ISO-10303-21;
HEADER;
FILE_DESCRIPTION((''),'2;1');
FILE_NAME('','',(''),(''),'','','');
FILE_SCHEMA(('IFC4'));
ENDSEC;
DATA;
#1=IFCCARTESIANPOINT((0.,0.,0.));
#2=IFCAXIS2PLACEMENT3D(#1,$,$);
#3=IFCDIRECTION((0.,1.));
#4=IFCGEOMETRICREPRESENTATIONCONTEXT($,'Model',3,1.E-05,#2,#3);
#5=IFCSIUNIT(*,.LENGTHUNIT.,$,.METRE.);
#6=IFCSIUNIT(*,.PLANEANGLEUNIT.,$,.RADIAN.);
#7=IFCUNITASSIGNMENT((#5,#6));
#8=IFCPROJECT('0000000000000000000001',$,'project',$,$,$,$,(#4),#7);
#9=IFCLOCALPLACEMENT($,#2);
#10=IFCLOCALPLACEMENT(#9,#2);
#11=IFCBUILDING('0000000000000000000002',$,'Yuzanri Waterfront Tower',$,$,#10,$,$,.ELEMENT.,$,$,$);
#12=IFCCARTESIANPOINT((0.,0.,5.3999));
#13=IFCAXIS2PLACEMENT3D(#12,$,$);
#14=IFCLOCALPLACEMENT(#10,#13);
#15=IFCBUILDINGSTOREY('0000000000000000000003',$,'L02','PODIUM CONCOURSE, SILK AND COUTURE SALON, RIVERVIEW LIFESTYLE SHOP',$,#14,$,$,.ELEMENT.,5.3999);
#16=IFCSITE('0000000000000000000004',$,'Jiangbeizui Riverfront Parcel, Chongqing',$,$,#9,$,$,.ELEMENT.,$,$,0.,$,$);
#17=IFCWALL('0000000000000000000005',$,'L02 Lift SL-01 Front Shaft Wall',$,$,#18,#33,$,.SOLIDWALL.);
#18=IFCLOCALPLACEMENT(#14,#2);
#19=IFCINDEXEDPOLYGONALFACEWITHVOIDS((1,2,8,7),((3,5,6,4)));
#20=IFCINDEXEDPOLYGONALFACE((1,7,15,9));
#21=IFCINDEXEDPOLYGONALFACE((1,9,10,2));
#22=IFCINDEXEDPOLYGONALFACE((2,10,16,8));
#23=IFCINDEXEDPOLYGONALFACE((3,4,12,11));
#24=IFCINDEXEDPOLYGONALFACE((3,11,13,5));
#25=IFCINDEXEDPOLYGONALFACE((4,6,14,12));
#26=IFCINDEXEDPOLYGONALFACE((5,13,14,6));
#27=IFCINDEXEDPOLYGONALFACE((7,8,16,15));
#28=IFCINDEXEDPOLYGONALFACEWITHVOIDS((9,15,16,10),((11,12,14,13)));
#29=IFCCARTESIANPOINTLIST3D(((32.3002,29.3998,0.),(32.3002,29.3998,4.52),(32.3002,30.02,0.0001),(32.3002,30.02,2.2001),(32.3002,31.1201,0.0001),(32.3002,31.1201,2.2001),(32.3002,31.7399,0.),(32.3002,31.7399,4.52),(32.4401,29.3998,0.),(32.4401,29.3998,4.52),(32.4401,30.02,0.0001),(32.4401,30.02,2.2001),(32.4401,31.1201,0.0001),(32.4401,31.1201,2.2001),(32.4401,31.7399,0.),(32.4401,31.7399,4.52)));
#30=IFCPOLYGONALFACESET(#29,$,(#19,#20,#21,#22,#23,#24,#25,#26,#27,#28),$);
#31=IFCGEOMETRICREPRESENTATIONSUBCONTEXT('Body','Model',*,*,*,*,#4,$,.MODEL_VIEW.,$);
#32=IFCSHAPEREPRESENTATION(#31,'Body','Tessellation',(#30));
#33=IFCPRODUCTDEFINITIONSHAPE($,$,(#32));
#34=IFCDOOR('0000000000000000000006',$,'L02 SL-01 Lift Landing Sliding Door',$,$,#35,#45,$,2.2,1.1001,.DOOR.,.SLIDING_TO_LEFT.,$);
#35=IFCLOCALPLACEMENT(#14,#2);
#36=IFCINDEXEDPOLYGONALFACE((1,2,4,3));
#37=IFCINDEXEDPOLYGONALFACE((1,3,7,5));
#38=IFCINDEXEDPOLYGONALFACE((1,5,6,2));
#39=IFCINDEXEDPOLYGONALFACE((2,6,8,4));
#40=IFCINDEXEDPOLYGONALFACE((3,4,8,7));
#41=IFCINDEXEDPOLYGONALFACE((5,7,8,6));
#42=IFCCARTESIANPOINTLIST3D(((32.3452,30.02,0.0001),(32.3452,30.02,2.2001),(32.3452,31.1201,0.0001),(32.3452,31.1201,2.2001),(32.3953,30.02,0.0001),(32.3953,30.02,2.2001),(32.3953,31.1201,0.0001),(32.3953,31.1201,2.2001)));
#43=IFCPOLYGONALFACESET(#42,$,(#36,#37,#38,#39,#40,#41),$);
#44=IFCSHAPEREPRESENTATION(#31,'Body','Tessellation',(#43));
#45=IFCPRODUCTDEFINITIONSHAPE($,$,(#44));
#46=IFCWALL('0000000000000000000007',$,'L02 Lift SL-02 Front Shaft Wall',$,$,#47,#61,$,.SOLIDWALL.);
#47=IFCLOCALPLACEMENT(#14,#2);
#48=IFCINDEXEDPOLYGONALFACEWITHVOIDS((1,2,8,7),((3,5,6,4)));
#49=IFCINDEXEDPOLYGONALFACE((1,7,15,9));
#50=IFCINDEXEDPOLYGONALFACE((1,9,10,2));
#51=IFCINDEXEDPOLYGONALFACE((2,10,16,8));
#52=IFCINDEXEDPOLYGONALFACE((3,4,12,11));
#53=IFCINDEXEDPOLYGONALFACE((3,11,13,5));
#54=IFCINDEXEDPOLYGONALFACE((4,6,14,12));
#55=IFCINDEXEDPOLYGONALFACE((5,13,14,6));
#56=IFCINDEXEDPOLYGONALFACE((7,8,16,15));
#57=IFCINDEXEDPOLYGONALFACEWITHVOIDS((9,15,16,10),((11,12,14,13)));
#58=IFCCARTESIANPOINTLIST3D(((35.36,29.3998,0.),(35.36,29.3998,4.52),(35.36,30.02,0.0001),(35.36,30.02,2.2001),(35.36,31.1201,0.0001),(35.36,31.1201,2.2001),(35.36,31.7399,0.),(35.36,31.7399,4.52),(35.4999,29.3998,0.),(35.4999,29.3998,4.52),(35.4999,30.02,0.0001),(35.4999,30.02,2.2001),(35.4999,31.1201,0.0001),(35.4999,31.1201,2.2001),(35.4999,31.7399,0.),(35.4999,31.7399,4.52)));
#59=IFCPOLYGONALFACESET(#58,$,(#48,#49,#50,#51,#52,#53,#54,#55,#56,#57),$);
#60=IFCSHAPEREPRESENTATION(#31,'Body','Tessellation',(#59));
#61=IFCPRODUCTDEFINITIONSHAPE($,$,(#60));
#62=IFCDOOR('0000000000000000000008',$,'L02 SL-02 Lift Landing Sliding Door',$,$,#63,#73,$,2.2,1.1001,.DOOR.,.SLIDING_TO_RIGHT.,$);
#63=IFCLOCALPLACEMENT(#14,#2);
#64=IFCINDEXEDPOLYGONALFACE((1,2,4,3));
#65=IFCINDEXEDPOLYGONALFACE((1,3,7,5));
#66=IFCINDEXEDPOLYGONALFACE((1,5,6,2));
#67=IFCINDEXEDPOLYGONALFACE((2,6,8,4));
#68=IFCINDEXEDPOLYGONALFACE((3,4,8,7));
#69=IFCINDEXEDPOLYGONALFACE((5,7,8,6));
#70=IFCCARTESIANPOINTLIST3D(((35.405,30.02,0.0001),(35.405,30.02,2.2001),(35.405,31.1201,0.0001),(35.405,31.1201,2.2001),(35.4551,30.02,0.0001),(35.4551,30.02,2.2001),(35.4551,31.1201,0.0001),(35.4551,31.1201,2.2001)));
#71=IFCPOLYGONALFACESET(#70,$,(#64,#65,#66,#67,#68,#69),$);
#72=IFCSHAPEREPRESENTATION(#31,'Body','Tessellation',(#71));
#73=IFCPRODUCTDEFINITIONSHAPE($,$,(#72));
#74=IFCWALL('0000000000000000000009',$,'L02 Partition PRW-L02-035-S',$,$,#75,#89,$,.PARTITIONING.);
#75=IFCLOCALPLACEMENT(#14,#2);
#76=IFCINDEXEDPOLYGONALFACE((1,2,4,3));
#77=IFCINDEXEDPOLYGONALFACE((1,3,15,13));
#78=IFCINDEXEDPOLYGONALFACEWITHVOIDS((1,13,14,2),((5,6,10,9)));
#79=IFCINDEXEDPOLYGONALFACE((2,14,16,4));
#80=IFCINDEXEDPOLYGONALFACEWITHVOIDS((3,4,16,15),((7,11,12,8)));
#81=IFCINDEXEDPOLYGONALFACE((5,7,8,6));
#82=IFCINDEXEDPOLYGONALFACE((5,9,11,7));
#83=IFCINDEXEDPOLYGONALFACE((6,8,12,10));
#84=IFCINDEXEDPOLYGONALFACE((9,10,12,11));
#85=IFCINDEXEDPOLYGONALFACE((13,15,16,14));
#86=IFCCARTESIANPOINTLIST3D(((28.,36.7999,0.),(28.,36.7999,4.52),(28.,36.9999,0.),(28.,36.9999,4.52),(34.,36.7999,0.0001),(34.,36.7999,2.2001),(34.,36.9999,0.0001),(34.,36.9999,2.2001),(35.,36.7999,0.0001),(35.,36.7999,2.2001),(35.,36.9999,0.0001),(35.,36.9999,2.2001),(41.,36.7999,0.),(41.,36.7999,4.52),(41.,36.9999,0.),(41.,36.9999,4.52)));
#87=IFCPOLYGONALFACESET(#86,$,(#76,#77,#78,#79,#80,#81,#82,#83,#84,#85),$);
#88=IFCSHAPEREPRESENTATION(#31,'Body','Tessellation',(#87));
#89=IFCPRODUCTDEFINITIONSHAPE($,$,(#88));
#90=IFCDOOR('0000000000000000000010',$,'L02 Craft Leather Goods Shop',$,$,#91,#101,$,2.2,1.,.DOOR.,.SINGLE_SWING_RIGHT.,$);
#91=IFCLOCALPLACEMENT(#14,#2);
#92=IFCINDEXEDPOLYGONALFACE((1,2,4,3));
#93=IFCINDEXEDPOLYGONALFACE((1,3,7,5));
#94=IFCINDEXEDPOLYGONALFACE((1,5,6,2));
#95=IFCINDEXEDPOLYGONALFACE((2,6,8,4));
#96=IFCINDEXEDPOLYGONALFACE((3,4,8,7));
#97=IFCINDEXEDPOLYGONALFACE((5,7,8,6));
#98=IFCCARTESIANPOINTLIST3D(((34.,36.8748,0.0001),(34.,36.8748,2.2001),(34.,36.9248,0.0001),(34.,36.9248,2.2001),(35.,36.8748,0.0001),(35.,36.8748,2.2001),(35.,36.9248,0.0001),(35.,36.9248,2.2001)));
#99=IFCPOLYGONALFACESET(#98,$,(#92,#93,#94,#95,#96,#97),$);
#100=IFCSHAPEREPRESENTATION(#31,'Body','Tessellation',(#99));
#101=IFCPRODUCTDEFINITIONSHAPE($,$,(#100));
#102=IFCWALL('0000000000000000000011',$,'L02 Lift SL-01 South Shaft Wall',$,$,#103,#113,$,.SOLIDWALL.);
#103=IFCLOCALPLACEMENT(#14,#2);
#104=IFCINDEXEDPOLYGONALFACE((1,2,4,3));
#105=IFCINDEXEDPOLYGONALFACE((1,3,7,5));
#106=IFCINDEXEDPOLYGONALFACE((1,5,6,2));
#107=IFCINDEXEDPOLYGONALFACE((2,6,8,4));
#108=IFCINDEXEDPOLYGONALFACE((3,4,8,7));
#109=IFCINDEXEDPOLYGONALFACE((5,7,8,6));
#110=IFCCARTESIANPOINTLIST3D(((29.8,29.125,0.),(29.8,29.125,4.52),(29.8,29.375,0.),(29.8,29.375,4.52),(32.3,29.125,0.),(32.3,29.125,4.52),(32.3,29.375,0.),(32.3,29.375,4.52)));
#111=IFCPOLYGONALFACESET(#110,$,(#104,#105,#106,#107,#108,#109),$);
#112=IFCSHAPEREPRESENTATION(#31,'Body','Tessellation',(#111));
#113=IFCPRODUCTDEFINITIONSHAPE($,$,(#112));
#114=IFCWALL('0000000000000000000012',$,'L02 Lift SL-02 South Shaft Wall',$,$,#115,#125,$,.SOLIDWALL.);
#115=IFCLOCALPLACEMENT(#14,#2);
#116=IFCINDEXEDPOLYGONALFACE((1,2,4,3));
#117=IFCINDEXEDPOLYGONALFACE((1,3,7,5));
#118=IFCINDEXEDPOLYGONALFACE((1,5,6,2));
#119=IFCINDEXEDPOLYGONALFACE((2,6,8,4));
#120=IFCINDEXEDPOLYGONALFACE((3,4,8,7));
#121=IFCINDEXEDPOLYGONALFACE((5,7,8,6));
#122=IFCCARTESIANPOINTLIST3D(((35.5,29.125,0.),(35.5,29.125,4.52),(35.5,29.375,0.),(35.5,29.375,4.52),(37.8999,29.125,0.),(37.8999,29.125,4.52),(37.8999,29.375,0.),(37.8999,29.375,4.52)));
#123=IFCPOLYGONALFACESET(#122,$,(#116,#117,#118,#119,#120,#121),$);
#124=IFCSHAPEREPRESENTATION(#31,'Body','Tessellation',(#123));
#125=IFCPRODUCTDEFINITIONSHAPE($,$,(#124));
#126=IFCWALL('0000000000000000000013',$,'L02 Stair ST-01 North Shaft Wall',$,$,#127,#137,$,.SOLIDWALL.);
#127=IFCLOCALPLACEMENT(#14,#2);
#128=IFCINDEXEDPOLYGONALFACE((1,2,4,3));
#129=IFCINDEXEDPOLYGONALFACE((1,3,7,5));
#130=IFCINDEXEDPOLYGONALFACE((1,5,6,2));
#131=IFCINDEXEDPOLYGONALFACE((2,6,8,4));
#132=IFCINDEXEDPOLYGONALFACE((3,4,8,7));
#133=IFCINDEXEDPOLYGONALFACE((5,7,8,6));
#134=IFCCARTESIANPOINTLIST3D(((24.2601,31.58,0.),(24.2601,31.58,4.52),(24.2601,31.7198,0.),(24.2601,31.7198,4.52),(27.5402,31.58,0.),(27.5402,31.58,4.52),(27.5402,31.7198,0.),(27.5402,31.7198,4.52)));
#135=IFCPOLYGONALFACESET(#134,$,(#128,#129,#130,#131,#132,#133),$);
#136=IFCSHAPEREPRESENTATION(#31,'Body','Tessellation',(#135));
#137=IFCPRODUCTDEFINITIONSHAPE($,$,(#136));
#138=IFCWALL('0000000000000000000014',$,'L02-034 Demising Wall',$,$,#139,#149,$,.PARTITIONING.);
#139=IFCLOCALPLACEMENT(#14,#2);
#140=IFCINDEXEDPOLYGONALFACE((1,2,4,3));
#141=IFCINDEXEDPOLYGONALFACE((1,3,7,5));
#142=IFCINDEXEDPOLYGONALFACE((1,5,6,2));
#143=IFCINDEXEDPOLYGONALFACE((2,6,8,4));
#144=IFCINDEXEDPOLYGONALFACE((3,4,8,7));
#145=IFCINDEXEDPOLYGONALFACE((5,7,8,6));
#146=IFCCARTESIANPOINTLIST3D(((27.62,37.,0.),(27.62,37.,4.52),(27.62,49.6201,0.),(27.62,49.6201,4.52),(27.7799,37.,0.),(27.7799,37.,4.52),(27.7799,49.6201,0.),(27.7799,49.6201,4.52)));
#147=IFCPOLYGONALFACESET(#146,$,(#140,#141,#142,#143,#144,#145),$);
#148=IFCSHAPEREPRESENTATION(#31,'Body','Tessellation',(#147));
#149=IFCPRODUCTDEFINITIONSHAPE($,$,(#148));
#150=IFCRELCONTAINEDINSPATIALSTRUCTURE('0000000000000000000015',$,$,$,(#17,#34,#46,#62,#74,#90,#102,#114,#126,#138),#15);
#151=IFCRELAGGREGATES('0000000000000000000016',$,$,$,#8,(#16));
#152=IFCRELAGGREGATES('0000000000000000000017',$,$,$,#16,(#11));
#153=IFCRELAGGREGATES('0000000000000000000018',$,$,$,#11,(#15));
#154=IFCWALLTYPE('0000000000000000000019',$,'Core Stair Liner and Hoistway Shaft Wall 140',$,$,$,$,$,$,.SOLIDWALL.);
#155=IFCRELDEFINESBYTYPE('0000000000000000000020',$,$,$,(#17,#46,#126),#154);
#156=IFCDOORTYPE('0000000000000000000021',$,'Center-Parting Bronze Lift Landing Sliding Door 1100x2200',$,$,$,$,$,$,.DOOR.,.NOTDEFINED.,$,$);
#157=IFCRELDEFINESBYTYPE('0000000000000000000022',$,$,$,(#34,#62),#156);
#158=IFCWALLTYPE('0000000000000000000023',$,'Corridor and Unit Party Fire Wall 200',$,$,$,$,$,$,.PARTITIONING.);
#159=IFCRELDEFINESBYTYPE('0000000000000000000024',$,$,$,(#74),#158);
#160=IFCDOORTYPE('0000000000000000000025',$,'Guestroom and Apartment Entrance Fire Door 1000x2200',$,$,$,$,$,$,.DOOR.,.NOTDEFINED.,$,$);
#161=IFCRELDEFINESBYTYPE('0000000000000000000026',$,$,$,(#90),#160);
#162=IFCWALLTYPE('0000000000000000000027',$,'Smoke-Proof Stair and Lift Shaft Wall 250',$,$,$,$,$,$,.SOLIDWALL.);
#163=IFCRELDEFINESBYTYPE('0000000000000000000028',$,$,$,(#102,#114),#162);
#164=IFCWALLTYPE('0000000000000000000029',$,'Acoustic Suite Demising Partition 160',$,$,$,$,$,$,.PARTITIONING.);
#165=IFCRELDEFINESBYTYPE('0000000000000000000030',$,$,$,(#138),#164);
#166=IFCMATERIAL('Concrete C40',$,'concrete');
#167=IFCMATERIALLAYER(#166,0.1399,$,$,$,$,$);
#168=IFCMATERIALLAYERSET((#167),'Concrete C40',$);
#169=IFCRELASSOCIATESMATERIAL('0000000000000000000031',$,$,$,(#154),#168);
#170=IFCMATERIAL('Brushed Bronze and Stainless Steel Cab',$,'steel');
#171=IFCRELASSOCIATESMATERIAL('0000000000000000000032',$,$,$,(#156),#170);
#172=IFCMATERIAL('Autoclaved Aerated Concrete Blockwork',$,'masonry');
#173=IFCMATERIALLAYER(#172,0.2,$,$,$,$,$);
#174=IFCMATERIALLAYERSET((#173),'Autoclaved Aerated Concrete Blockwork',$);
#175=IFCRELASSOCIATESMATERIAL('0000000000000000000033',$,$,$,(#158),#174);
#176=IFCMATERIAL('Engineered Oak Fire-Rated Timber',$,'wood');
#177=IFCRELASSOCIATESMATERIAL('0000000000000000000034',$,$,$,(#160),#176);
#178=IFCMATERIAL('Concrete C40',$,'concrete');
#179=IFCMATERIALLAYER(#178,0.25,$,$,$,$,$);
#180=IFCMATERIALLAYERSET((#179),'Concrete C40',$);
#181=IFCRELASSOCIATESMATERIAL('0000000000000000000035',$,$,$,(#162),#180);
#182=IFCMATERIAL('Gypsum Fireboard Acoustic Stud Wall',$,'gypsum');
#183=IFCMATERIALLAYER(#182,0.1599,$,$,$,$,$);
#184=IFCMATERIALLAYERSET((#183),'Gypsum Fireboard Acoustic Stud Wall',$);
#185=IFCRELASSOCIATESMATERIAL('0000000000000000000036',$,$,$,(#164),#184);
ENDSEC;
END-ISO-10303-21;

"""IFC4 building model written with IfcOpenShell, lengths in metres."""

from ifc_helpers import new_model, si_unit, direction, frame, frame_2d, origin, place, context, subcontext, project, spatial, rectangle, extrude, source, transform, mapped, material, layer, layer_set, type_object, element, fill, save


model = new_model("IFC4")

# Units and contexts
model_context = context("Model", 3, precision=1e-05, world=origin(), true_north=direction((0.0, 1.0)))
body_context = subcontext(model_context, "Body", "Model", "MODEL_VIEW")
ifc_project = project(units=[si_unit("LENGTHUNIT", "METRE"), si_unit("PLANEANGLEUNIT", "RADIAN")], contexts=[model_context])

# Site, building, storey
site_placement = place(None, origin())
site = spatial("IfcSite", under=ifc_project, at=site_placement, Name="Jiangbeizui Riverfront Parcel, Chongqing", CompositionType="ELEMENT", RefElevation=0.0)
building_placement = place(site_placement, origin())
building = spatial("IfcBuilding", under=site, at=building_placement, Name="Yuzanri Waterfront Tower", CompositionType="ELEMENT")
storey_placement = place(building_placement, frame((0.0, 0.0, 5.3999)))
storey = spatial("IfcBuildingStorey", under=building, at=storey_placement, Name="L02", Description="PODIUM CONCOURSE, SILK AND COUTURE SALON, RIVERVIEW LIFESTYLE SHOP", CompositionType="ELEMENT", Elevation=5.3999)

# Walls, openings, doors
ifc_material_1 = material(Name="Concrete C40", Category="concrete")
ifc_layer_1 = layer(ifc_material_1, 0.1399)
ifc_layer_set_1 = layer_set([ifc_layer_1], Name="Concrete C40")
wall_type_1 = type_object("IfcWallType", Name="Core Stair Liner and Hoistway Shaft Wall 140", PredefinedType="SOLIDWALL", material=ifc_layer_set_1)
wall_1_placement = place(storey_placement, frame((32.3701, 29.3999, 0.0), z_axis=(0.0, 0.0, 1.0), x_axis=(0.0, 1.0, 0.0)))
wall_1 = element("IfcWall", 1, at=wall_1_placement, inside=storey, type_object=wall_type_1, Name="L02 Lift SL-01 Front Shaft Wall", PredefinedType="SOLIDWALL", context=body_context, shape_type="SweptSolid", body=[
    extrude(rectangle(XDim=2.3401, YDim=0.1399, at=frame_2d((1.1699, 0.0))), origin(), (0.0, 0.0, 1.0), 4.52),
])
opening_1_placement = place(wall_1_placement, frame((0.6201, 0.0, 0.0)))
opening_1 = element("IfcOpeningElement", 2, at=opening_1_placement, cuts=wall_1, PredefinedType="OPENING", context=body_context, shape_type="SweptSolid", body=[
    extrude(rectangle(XDim=1.1001, YDim=2.2, at=frame_2d((0.55, 1.1001))), frame((0.0, 0.085, 0.0), z_axis=(0.0, -1.0, 0.0), x_axis=(1.0, 0.0, 0.0)), (0.0, 0.0, 1.0), 0.1697),
])
ifc_material_2 = material(Name="Brushed Bronze and Stainless Steel Cab", Category="steel")
door_type_1 = type_object("IfcDoorType", Name="Center-Parting Bronze Lift Landing Sliding Door 1100x2200", OperationType="NOTDEFINED", PredefinedType="DOOR", material=ifc_material_2)
shared_shape_1 = source(origin(), body_context, "Body", "SweptSolid", [
    extrude(rectangle(XDim=1.1001, YDim=2.2, at=frame_2d((0.55, 1.1001))), frame((0.0, 0.0249, 0.0), z_axis=(0.0, -1.0, 0.0), x_axis=(1.0, 0.0, 0.0)), (0.0, 0.0, 1.0), 0.05),
])
door_1_placement = place(opening_1_placement, origin())
door_1 = element("IfcDoor", 3, at=door_1_placement, inside=storey, type_object=door_type_1, Name="L02 SL-01 Lift Landing Sliding Door", OperationType="SLIDING_TO_LEFT", OverallHeight=2.2, OverallWidth=1.1001, PredefinedType="DOOR", context=body_context, shape_type="MappedRepresentation", body=[
    mapped(shared_shape_1, transform((0.0, 0.0, 0.0), scale=1.0)),
])
fill(opening_1, door_1)
wall_2_placement = place(storey_placement, frame((35.4299, 29.3999, 0.0), z_axis=(0.0, 0.0, 1.0), x_axis=(0.0, 1.0, 0.0)))
wall_2 = element("IfcWall", 4, at=wall_2_placement, inside=storey, type_object=wall_type_1, Name="L02 Lift SL-02 Front Shaft Wall", PredefinedType="SOLIDWALL", context=body_context, shape_type="SweptSolid", body=[
    extrude(rectangle(XDim=2.3401, YDim=0.1399, at=frame_2d((1.1699, 0.0))), origin(), (0.0, 0.0, 1.0), 4.52),
])
opening_2_placement = place(wall_2_placement, frame((0.6201, 0.0, 0.0)))
opening_2 = element("IfcOpeningElement", 5, at=opening_2_placement, cuts=wall_2, PredefinedType="OPENING", context=body_context, shape_type="SweptSolid", body=[
    extrude(rectangle(XDim=1.1001, YDim=2.2, at=frame_2d((0.55, 1.1001))), frame((0.0, 0.085, 0.0), z_axis=(0.0, -1.0, 0.0), x_axis=(1.0, 0.0, 0.0)), (0.0, 0.0, 1.0), 0.1697),
])
door_2_placement = place(opening_2_placement, origin())
door_2 = element("IfcDoor", 6, at=door_2_placement, inside=storey, type_object=door_type_1, Name="L02 SL-02 Lift Landing Sliding Door", OperationType="SLIDING_TO_RIGHT", OverallHeight=2.2, OverallWidth=1.1001, PredefinedType="DOOR", context=body_context, shape_type="MappedRepresentation", body=[
    mapped(shared_shape_1, transform((0.0, 0.0, 0.0), scale=1.0)),
])
fill(opening_2, door_2)
ifc_material_3 = material(Name="Autoclaved Aerated Concrete Blockwork", Category="masonry")
ifc_layer_2 = layer(ifc_material_3, 0.2)
ifc_layer_set_2 = layer_set([ifc_layer_2], Name="Autoclaved Aerated Concrete Blockwork")
wall_type_2 = type_object("IfcWallType", Name="Corridor and Unit Party Fire Wall 200", PredefinedType="PARTITIONING", material=ifc_layer_set_2)
wall_3_placement = place(storey_placement, frame((28.0, 36.8999, 0.0), z_axis=(0.0, 0.0, 1.0), x_axis=(1.0, 0.0, 0.0)))
wall_3 = element("IfcWall", 7, at=wall_3_placement, inside=storey, type_object=wall_type_2, Name="L02 Partition PRW-L02-035-S", PredefinedType="PARTITIONING", context=body_context, shape_type="SweptSolid", body=[
    extrude(rectangle(XDim=13.0, YDim=0.2, at=frame_2d((6.5, 0.0))), origin(), (0.0, 0.0, 1.0), 4.52),
])
opening_3_placement = place(wall_3_placement, frame((6.0, 0.0, 0.0)))
opening_3 = element("IfcOpeningElement", 8, at=opening_3_placement, cuts=wall_3, PredefinedType="OPENING", context=body_context, shape_type="SweptSolid", body=[
    extrude(rectangle(XDim=1.0, YDim=2.2, at=frame_2d((0.5, 1.1001))), frame((0.0, 0.1147, 0.0), z_axis=(0.0, -1.0, 0.0), x_axis=(1.0, 0.0, 0.0)), (0.0, 0.0, 1.0), 0.2297),
])
ifc_material_4 = material(Name="Engineered Oak Fire-Rated Timber", Category="wood")
door_type_2 = type_object("IfcDoorType", Name="Guestroom and Apartment Entrance Fire Door 1000x2200", OperationType="NOTDEFINED", PredefinedType="DOOR", material=ifc_material_4)
shared_shape_2 = source(origin(), body_context, "Body", "SweptSolid", [
    extrude(rectangle(XDim=1.0, YDim=2.2, at=frame_2d((0.5, 1.1001))), frame((0.0, 0.0249, 0.0), z_axis=(0.0, -1.0, 0.0), x_axis=(1.0, 0.0, 0.0)), (0.0, 0.0, 1.0), 0.05),
])
door_3_placement = place(opening_3_placement, origin())
door_3 = element("IfcDoor", 9, at=door_3_placement, inside=storey, type_object=door_type_2, Name="L02 Craft Leather Goods Shop", OperationType="SINGLE_SWING_RIGHT", OverallHeight=2.2, OverallWidth=1.0, PredefinedType="DOOR", context=body_context, shape_type="MappedRepresentation", body=[
    mapped(shared_shape_2, transform((0.0, 0.0, 0.0), scale=1.0)),
])
fill(opening_3, door_3)

# Walls
ifc_material_5 = material(Name="Concrete C40", Category="concrete")
ifc_layer_3 = layer(ifc_material_5, 0.25)
ifc_layer_set_3 = layer_set([ifc_layer_3], Name="Concrete C40")
wall_type_3 = type_object("IfcWallType", Name="Smoke-Proof Stair and Lift Shaft Wall 250", PredefinedType="SOLIDWALL", material=ifc_layer_set_3)
shared_shape_3 = source(origin(), body_context, "Body", "SweptSolid", [
    extrude(rectangle(XDim=2.5, YDim=0.25, at=frame_2d((1.25, 0.0))), origin(), (0.0, 0.0, 1.0), 4.52),
])
wall_4_placement = place(storey_placement, frame((29.8, 29.25, 0.0), z_axis=(0.0, 0.0, 1.0), x_axis=(1.0, 0.0, 0.0)))
element("IfcWall", 10, at=wall_4_placement, inside=storey, type_object=wall_type_3, Name="L02 Lift SL-01 South Shaft Wall", PredefinedType="SOLIDWALL", context=body_context, shape_type="MappedRepresentation", body=[
    mapped(shared_shape_3, transform((0.0, 0.0, 0.0), scale=1.0)),
])
shared_shape_4 = source(origin(), body_context, "Body", "SweptSolid", [
    extrude(rectangle(XDim=2.3999, YDim=0.25, at=frame_2d((1.2, 0.0))), origin(), (0.0, 0.0, 1.0), 4.52),
])
wall_5_placement = place(storey_placement, frame((35.5, 29.25, 0.0), z_axis=(0.0, 0.0, 1.0), x_axis=(1.0, 0.0, 0.0)))
element("IfcWall", 11, at=wall_5_placement, inside=storey, type_object=wall_type_3, Name="L02 Lift SL-02 South Shaft Wall", PredefinedType="SOLIDWALL", context=body_context, shape_type="MappedRepresentation", body=[
    mapped(shared_shape_4, transform((0.0, 0.0, 0.0), scale=1.0)),
])
shared_shape_5 = source(origin(), body_context, "Body", "SweptSolid", [
    extrude(rectangle(XDim=3.28, YDim=0.1399, at=frame_2d((1.6401, 0.0))), origin(), (0.0, 0.0, 1.0), 4.52),
])
wall_6_placement = place(storey_placement, frame((24.26, 31.6499, 0.0), z_axis=(0.0, 0.0, 1.0), x_axis=(1.0, 0.0, 0.0)))
element("IfcWall", 12, at=wall_6_placement, inside=storey, type_object=wall_type_1, Name="L02 Stair ST-01 North Shaft Wall", PredefinedType="SOLIDWALL", context=body_context, shape_type="MappedRepresentation", body=[
    mapped(shared_shape_5, transform((0.0, 0.0, 0.0), scale=1.0)),
])
ifc_material_6 = material(Name="Gypsum Fireboard Acoustic Stud Wall", Category="gypsum")
ifc_layer_4 = layer(ifc_material_6, 0.1599)
ifc_layer_set_4 = layer_set([ifc_layer_4], Name="Gypsum Fireboard Acoustic Stud Wall")
wall_type_4 = type_object("IfcWallType", Name="Acoustic Suite Demising Partition 160", PredefinedType="PARTITIONING", material=ifc_layer_set_4)
shared_shape_6 = source(origin(), body_context, "Body", "SweptSolid", [
    extrude(rectangle(XDim=12.6201, YDim=0.1599, at=frame_2d((6.3101, 0.0))), origin(), (0.0, 0.0, 1.0), 4.52),
])
wall_7_placement = place(storey_placement, frame((27.7, 37.0, 0.0), z_axis=(0.0, 0.0, 1.0), x_axis=(0.0, 1.0, 0.0)))
element("IfcWall", 13, at=wall_7_placement, inside=storey, type_object=wall_type_4, Name="L02-034 Demising Wall", PredefinedType="PARTITIONING", context=body_context, shape_type="MappedRepresentation", body=[
    mapped(shared_shape_6, transform((0.0, 0.0, 0.0), scale=1.0)),
])

save(model, "model.ifc")
